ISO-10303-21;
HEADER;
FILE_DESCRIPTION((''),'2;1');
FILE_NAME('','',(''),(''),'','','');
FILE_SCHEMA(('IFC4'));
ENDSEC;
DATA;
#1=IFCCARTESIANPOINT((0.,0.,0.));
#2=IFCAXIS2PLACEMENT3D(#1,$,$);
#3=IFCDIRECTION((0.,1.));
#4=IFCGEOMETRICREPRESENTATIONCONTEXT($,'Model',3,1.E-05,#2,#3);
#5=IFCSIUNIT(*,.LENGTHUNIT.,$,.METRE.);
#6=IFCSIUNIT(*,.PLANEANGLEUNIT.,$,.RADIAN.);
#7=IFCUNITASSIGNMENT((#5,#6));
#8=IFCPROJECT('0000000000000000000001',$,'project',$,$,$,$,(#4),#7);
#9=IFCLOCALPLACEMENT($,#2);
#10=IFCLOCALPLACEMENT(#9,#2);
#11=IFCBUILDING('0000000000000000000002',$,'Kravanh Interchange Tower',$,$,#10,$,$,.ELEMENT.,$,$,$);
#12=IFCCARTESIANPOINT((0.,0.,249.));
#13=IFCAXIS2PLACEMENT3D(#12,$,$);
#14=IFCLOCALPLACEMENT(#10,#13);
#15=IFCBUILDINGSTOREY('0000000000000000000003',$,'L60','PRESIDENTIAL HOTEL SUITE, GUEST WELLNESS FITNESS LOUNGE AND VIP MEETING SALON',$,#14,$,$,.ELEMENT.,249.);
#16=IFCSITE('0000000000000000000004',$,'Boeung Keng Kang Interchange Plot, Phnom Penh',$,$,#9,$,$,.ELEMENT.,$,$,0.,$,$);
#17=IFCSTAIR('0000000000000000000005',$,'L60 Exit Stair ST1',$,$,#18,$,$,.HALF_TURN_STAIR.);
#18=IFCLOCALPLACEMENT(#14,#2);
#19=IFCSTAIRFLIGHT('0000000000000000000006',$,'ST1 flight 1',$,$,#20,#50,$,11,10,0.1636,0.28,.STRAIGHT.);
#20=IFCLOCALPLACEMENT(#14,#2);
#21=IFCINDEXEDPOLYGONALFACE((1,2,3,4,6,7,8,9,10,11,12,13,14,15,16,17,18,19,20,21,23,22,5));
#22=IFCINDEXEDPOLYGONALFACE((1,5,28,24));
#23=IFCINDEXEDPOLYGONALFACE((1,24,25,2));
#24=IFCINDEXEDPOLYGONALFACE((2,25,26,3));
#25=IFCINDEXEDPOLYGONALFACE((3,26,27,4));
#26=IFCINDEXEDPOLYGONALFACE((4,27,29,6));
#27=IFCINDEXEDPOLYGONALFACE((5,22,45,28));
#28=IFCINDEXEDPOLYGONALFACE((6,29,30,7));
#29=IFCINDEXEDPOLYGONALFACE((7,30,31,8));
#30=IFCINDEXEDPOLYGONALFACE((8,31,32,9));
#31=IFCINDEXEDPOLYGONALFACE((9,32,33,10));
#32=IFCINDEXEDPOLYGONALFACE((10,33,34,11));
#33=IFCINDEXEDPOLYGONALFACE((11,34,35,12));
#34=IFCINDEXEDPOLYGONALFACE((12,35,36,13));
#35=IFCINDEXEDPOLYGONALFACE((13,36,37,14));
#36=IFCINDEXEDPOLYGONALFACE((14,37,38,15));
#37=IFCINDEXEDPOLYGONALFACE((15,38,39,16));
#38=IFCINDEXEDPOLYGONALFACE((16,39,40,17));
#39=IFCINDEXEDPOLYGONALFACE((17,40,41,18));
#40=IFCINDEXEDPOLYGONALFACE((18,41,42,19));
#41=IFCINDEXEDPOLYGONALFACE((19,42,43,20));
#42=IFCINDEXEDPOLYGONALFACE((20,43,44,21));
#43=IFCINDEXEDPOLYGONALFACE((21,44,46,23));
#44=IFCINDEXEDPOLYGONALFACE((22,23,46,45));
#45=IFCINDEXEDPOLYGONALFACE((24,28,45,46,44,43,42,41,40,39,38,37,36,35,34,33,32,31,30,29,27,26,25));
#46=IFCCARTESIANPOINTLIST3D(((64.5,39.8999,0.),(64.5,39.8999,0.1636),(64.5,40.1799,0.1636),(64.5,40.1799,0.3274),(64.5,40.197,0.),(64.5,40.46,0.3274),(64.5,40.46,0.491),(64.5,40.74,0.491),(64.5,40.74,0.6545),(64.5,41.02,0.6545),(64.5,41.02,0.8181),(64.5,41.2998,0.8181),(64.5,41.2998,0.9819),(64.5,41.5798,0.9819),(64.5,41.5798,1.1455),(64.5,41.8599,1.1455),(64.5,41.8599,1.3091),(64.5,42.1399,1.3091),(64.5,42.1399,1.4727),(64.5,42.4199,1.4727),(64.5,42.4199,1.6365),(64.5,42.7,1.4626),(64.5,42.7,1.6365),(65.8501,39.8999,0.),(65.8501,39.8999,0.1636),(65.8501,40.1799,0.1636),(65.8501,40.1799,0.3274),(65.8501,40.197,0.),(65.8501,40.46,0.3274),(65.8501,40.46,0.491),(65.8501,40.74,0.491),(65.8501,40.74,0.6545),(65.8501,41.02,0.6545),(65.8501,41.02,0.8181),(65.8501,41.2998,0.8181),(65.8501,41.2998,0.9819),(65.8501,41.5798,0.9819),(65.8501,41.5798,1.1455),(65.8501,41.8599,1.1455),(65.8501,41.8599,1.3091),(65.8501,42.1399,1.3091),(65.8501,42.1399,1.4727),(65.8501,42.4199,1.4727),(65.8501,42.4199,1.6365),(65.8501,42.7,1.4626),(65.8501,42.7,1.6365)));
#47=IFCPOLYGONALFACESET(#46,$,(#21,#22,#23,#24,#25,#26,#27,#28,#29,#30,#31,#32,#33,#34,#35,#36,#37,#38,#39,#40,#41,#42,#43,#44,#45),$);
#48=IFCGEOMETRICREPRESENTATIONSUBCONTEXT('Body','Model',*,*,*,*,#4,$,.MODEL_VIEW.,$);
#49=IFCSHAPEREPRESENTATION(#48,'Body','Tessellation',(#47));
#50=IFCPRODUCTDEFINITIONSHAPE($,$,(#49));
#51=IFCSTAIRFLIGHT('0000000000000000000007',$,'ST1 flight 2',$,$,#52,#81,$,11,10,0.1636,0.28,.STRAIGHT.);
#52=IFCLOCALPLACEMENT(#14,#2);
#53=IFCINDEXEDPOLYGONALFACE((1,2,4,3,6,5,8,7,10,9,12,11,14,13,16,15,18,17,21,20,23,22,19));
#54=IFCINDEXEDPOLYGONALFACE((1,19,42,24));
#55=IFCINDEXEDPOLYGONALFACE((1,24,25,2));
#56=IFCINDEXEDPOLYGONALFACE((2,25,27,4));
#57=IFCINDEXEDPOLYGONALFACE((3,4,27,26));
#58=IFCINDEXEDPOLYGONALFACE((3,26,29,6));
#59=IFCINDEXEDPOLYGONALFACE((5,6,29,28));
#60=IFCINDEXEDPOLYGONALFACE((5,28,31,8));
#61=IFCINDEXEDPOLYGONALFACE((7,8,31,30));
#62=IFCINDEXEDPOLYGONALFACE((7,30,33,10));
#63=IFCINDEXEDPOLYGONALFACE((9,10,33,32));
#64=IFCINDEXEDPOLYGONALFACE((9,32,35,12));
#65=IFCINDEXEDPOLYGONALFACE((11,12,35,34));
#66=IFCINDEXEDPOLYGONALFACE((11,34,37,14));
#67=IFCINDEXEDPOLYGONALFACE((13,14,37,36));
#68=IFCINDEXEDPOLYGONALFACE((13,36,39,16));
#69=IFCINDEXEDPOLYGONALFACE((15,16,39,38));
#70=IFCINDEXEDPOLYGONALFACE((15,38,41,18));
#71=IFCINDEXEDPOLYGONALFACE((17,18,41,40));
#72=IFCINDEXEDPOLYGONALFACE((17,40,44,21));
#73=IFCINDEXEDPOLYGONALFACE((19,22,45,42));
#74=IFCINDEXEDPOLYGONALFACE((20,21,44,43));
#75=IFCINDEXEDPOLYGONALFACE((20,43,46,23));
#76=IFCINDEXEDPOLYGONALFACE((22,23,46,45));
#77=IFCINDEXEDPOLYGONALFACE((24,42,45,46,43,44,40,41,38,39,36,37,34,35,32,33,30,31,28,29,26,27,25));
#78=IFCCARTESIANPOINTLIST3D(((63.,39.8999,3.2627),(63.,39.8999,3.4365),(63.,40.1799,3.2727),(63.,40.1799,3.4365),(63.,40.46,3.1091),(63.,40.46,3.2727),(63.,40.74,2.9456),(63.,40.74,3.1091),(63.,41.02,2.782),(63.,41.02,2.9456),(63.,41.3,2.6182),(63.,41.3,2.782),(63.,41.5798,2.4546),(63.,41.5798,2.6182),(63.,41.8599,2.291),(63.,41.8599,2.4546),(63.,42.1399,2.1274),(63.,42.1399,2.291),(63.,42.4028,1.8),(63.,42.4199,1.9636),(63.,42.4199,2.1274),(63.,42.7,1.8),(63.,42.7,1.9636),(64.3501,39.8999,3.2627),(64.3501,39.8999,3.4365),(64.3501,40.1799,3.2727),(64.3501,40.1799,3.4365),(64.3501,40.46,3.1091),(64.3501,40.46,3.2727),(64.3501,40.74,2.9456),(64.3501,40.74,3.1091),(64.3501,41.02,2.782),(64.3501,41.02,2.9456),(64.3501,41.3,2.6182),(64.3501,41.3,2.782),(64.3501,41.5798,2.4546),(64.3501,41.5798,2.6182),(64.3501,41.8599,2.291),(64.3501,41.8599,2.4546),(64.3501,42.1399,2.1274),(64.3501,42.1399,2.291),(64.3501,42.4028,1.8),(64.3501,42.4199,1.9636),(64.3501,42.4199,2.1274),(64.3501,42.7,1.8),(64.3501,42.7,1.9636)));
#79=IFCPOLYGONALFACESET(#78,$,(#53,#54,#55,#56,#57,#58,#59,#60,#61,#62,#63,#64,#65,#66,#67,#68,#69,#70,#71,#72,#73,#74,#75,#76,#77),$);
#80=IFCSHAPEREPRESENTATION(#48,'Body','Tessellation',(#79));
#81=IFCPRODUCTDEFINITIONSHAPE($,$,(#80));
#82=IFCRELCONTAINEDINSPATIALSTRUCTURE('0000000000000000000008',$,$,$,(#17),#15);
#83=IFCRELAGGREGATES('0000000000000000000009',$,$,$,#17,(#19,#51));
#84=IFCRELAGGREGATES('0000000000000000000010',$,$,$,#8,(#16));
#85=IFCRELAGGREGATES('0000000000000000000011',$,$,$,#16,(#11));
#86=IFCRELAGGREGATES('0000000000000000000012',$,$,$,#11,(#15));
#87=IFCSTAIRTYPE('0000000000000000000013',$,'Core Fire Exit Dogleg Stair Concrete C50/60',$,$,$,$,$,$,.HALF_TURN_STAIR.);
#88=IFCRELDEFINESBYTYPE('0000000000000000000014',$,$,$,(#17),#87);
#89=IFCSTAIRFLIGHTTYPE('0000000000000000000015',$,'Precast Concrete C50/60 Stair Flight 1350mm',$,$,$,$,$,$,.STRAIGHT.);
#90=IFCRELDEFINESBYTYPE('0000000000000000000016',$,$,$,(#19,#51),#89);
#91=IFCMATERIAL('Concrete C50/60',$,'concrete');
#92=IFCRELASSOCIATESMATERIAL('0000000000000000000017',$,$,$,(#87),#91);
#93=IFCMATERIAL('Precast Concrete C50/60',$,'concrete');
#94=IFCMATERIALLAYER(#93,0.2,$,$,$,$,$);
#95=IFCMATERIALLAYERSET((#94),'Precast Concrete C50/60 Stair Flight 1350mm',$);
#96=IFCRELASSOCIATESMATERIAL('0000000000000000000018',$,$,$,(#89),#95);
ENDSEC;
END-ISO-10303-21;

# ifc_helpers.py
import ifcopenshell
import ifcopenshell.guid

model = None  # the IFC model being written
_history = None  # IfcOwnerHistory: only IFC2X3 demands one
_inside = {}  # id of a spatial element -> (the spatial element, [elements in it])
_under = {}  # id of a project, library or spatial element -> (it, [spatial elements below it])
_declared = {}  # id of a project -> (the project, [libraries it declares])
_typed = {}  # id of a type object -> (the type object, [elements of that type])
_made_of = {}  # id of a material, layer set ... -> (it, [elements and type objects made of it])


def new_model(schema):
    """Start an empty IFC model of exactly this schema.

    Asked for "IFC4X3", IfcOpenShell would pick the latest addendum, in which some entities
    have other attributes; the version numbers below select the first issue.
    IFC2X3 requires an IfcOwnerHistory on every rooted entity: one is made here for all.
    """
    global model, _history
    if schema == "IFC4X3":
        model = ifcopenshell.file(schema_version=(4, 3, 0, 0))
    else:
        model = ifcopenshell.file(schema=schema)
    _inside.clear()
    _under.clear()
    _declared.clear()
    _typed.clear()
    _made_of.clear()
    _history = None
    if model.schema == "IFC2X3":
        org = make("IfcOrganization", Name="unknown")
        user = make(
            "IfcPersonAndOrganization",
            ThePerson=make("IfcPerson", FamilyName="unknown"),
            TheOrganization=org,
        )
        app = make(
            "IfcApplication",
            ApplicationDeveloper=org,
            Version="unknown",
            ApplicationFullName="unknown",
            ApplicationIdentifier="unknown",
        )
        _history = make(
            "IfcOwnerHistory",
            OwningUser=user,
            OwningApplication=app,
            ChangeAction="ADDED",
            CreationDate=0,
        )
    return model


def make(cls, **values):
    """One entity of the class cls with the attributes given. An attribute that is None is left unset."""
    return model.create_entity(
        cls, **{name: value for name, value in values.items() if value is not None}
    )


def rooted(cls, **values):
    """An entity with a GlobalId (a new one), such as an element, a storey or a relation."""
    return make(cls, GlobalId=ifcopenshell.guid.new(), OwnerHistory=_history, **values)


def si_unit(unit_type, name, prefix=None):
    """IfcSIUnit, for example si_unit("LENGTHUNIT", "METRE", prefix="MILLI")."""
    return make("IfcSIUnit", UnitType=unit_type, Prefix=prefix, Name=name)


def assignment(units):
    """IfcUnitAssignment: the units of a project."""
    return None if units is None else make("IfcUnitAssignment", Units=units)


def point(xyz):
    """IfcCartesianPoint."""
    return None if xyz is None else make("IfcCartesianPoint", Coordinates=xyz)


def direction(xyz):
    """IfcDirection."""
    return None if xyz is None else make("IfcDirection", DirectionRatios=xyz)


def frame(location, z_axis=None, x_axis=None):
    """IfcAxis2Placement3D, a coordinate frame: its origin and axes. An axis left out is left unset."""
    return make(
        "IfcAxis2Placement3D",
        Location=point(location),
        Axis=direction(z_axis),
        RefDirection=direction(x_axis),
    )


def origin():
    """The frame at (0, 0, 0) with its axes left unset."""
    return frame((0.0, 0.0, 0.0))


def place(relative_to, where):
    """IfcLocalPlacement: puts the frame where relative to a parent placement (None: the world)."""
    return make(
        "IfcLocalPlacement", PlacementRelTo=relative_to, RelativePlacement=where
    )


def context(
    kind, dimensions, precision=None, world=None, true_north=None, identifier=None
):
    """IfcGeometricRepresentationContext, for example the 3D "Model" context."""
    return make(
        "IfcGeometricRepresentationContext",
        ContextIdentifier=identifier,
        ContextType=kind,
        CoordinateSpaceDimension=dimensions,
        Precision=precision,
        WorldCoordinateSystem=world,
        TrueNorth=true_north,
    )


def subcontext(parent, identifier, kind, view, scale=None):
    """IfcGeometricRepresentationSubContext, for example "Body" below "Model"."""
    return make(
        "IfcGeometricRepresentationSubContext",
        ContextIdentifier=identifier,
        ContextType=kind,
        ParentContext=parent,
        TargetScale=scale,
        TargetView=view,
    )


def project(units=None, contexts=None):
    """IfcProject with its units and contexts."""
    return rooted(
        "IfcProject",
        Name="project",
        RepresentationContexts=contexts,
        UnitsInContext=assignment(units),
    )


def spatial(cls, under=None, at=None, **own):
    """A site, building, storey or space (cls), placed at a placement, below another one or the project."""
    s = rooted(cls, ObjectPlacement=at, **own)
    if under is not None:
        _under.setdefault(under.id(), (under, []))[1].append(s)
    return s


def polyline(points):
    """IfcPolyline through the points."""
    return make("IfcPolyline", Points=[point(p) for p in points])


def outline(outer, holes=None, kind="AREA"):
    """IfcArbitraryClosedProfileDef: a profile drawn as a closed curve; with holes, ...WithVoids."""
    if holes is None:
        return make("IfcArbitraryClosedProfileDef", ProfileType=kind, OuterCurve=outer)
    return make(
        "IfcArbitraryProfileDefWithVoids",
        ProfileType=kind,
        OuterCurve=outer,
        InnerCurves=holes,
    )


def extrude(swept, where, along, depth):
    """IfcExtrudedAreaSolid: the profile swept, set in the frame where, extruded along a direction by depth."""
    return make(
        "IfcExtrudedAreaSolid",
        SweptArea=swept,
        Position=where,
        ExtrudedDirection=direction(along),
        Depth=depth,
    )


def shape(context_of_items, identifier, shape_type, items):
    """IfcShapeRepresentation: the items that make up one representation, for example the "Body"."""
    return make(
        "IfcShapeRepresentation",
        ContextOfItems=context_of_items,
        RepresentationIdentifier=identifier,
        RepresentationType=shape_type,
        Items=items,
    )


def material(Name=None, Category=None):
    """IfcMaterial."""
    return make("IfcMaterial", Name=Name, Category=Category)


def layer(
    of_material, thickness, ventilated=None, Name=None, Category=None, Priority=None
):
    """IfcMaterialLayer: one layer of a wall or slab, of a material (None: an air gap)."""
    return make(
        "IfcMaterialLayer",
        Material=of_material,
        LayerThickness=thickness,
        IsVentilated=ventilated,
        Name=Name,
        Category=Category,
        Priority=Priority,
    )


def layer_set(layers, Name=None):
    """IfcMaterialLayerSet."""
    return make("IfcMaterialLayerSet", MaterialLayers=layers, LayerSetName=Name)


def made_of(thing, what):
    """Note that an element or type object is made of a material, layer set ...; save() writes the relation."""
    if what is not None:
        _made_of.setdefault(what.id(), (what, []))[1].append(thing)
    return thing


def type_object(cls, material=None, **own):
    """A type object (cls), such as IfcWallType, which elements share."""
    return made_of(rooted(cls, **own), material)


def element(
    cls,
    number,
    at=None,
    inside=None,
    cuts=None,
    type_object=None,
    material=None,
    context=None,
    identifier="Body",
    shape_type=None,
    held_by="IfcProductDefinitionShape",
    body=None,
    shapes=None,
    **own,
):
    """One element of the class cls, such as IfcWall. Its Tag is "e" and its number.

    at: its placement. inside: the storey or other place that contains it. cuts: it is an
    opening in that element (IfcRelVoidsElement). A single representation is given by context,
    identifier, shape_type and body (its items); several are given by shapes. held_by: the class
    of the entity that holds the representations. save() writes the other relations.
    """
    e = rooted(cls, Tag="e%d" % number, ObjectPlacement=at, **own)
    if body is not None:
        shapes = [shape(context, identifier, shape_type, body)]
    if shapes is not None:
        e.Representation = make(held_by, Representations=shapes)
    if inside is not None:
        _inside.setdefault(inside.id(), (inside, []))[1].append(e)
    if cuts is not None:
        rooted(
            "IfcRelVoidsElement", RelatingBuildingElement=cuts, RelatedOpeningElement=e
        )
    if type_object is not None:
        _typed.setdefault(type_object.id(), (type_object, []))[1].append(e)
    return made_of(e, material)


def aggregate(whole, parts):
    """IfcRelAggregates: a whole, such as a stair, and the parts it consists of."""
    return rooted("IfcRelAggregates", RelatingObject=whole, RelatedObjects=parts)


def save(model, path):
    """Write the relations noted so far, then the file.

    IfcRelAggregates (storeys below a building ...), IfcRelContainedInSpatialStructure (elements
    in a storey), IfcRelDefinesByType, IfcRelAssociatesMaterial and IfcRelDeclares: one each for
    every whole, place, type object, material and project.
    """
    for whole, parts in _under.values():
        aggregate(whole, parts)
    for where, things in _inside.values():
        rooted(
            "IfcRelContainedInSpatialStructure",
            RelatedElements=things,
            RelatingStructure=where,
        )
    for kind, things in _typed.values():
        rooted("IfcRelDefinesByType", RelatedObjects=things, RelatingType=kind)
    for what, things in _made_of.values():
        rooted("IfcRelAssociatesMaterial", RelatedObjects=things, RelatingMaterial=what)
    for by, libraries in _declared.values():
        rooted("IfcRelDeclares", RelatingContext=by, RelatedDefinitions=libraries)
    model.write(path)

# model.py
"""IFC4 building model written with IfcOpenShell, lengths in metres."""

from ifc_helpers import new_model, si_unit, direction, frame, origin, place, context, subcontext, project, spatial, polyline, outline, extrude, material, layer, layer_set, type_object, element, aggregate, save


model = new_model("IFC4")

# Units and contexts
model_context = context("Model", 3, precision=1e-05, world=origin(), true_north=direction((0.0, 1.0)))
body_context = subcontext(model_context, "Body", "Model", "MODEL_VIEW")
ifc_project = project(units=[si_unit("LENGTHUNIT", "METRE"), si_unit("PLANEANGLEUNIT", "RADIAN")], contexts=[model_context])

# Site, building, storey
site_placement = place(None, origin())
site = spatial("IfcSite", under=ifc_project, at=site_placement, Name="Boeung Keng Kang Interchange Plot, Phnom Penh", CompositionType="ELEMENT", RefElevation=0.0)
building_placement = place(site_placement, origin())
building = spatial("IfcBuilding", under=site, at=building_placement, Name="Kravanh Interchange Tower", CompositionType="ELEMENT")
storey_placement = place(building_placement, frame((0.0, 0.0, 249.0)))
storey = spatial("IfcBuildingStorey", under=building, at=storey_placement, Name="L60", Description="PRESIDENTIAL HOTEL SUITE, GUEST WELLNESS FITNESS LOUNGE AND VIP MEETING SALON", CompositionType="ELEMENT", Elevation=249.0)

# Stair, stair flights
ifc_material_1 = material(Name="Concrete C50/60", Category="concrete")
stair_type = type_object("IfcStairType", Name="Core Fire Exit Dogleg Stair Concrete C50/60", PredefinedType="HALF_TURN_STAIR", material=ifc_material_1)
stair_placement = place(storey_placement, origin())
stair = element("IfcStair", 1, at=stair_placement, inside=storey, type_object=stair_type, Name="L60 Exit Stair ST1", PredefinedType="HALF_TURN_STAIR")
ifc_material_2 = material(Name="Precast Concrete C50/60", Category="concrete")
ifc_layer_1 = layer(ifc_material_2, 0.2)
ifc_layer_set_1 = layer_set([ifc_layer_1], Name="Precast Concrete C50/60 Stair Flight 1350mm")
stair_flight_type = type_object("IfcStairFlightType", Name="Precast Concrete C50/60 Stair Flight 1350mm", PredefinedType="STRAIGHT", material=ifc_layer_set_1)
stair_flight_1_placement = place(storey_placement, frame((65.175, 39.8999, 0.0), z_axis=(0.0, 0.0, 1.0), x_axis=(0.0, 1.0, 0.0)))
stair_flight_1 = element("IfcStairFlight", 2, at=stair_flight_1_placement, type_object=stair_flight_type, Name="ST1 flight 1", NumberOfRisers=11, NumberOfTreads=10, PredefinedType="STRAIGHT", RiserHeight=0.1636, TreadLength=0.28, context=body_context, shape_type="SweptSolid", body=[
    extrude(outline(polyline([(0.0, 0.0), (0.0, 0.1636), (0.28, 0.1636), (0.28, 0.3274), (0.5601, 0.3274), (0.5601, 0.491), (0.8401, 0.491), (0.8401, 0.6545), (1.1201, 0.6545), (1.1201, 0.8181), (1.3999, 0.8181), (1.3999, 0.9819), (1.6799, 0.9819), (1.6799, 1.1455), (1.96, 1.1455), (1.96, 1.3091), (2.24, 1.3091), (2.24, 1.4727), (2.52, 1.4727), (2.52, 1.6365), (2.8, 1.6365), (2.8, 1.8), (2.8, 1.4626), (0.2971, 0.0), (0.0, 0.0)])), frame((0.0, 0.675, 0.0), z_axis=(0.0, -1.0, 0.0), x_axis=(1.0, 0.0, 0.0)), (0.0, 0.0, 1.0), 1.3501),
])
stair_flight_2_placement = place(storey_placement, frame((63.675, 42.7, 1.8), z_axis=(0.0, 0.0, 1.0), x_axis=(0.0, -1.0, 0.0)))
stair_flight_2 = element("IfcStairFlight", 3, at=stair_flight_2_placement, type_object=stair_flight_type, Name="ST1 flight 2", NumberOfRisers=11, NumberOfTreads=10, PredefinedType="STRAIGHT", RiserHeight=0.1636, TreadLength=0.28, context=body_context, shape_type="SweptSolid", body=[
    extrude(outline(polyline([(0.0, 0.0), (0.0, 0.1636), (0.28, 0.1636), (0.28, 0.3274), (0.5601, 0.3274), (0.5601, 0.491), (0.8401, 0.491), (0.8401, 0.6545), (1.1201, 0.6545), (1.1201, 0.8181), (1.3999, 0.8181), (1.3999, 0.9819), (1.6799, 0.9819), (1.6799, 1.1455), (1.96, 1.1455), (1.96, 1.3091), (2.24, 1.3091), (2.24, 1.4727), (2.52, 1.4727), (2.52, 1.6365), (2.8, 1.6365), (2.8, 1.8), (2.8, 1.4626), (0.2971, 0.0), (0.0, 0.0)])), frame((0.0, 0.675, 0.0), z_axis=(0.0, -1.0, 0.0), x_axis=(1.0, 0.0, 0.0)), (0.0, 0.0, 1.0), 1.3501),
])
aggregate(stair, [stair_flight_1, stair_flight_2])

save(model, "model.ifc")
